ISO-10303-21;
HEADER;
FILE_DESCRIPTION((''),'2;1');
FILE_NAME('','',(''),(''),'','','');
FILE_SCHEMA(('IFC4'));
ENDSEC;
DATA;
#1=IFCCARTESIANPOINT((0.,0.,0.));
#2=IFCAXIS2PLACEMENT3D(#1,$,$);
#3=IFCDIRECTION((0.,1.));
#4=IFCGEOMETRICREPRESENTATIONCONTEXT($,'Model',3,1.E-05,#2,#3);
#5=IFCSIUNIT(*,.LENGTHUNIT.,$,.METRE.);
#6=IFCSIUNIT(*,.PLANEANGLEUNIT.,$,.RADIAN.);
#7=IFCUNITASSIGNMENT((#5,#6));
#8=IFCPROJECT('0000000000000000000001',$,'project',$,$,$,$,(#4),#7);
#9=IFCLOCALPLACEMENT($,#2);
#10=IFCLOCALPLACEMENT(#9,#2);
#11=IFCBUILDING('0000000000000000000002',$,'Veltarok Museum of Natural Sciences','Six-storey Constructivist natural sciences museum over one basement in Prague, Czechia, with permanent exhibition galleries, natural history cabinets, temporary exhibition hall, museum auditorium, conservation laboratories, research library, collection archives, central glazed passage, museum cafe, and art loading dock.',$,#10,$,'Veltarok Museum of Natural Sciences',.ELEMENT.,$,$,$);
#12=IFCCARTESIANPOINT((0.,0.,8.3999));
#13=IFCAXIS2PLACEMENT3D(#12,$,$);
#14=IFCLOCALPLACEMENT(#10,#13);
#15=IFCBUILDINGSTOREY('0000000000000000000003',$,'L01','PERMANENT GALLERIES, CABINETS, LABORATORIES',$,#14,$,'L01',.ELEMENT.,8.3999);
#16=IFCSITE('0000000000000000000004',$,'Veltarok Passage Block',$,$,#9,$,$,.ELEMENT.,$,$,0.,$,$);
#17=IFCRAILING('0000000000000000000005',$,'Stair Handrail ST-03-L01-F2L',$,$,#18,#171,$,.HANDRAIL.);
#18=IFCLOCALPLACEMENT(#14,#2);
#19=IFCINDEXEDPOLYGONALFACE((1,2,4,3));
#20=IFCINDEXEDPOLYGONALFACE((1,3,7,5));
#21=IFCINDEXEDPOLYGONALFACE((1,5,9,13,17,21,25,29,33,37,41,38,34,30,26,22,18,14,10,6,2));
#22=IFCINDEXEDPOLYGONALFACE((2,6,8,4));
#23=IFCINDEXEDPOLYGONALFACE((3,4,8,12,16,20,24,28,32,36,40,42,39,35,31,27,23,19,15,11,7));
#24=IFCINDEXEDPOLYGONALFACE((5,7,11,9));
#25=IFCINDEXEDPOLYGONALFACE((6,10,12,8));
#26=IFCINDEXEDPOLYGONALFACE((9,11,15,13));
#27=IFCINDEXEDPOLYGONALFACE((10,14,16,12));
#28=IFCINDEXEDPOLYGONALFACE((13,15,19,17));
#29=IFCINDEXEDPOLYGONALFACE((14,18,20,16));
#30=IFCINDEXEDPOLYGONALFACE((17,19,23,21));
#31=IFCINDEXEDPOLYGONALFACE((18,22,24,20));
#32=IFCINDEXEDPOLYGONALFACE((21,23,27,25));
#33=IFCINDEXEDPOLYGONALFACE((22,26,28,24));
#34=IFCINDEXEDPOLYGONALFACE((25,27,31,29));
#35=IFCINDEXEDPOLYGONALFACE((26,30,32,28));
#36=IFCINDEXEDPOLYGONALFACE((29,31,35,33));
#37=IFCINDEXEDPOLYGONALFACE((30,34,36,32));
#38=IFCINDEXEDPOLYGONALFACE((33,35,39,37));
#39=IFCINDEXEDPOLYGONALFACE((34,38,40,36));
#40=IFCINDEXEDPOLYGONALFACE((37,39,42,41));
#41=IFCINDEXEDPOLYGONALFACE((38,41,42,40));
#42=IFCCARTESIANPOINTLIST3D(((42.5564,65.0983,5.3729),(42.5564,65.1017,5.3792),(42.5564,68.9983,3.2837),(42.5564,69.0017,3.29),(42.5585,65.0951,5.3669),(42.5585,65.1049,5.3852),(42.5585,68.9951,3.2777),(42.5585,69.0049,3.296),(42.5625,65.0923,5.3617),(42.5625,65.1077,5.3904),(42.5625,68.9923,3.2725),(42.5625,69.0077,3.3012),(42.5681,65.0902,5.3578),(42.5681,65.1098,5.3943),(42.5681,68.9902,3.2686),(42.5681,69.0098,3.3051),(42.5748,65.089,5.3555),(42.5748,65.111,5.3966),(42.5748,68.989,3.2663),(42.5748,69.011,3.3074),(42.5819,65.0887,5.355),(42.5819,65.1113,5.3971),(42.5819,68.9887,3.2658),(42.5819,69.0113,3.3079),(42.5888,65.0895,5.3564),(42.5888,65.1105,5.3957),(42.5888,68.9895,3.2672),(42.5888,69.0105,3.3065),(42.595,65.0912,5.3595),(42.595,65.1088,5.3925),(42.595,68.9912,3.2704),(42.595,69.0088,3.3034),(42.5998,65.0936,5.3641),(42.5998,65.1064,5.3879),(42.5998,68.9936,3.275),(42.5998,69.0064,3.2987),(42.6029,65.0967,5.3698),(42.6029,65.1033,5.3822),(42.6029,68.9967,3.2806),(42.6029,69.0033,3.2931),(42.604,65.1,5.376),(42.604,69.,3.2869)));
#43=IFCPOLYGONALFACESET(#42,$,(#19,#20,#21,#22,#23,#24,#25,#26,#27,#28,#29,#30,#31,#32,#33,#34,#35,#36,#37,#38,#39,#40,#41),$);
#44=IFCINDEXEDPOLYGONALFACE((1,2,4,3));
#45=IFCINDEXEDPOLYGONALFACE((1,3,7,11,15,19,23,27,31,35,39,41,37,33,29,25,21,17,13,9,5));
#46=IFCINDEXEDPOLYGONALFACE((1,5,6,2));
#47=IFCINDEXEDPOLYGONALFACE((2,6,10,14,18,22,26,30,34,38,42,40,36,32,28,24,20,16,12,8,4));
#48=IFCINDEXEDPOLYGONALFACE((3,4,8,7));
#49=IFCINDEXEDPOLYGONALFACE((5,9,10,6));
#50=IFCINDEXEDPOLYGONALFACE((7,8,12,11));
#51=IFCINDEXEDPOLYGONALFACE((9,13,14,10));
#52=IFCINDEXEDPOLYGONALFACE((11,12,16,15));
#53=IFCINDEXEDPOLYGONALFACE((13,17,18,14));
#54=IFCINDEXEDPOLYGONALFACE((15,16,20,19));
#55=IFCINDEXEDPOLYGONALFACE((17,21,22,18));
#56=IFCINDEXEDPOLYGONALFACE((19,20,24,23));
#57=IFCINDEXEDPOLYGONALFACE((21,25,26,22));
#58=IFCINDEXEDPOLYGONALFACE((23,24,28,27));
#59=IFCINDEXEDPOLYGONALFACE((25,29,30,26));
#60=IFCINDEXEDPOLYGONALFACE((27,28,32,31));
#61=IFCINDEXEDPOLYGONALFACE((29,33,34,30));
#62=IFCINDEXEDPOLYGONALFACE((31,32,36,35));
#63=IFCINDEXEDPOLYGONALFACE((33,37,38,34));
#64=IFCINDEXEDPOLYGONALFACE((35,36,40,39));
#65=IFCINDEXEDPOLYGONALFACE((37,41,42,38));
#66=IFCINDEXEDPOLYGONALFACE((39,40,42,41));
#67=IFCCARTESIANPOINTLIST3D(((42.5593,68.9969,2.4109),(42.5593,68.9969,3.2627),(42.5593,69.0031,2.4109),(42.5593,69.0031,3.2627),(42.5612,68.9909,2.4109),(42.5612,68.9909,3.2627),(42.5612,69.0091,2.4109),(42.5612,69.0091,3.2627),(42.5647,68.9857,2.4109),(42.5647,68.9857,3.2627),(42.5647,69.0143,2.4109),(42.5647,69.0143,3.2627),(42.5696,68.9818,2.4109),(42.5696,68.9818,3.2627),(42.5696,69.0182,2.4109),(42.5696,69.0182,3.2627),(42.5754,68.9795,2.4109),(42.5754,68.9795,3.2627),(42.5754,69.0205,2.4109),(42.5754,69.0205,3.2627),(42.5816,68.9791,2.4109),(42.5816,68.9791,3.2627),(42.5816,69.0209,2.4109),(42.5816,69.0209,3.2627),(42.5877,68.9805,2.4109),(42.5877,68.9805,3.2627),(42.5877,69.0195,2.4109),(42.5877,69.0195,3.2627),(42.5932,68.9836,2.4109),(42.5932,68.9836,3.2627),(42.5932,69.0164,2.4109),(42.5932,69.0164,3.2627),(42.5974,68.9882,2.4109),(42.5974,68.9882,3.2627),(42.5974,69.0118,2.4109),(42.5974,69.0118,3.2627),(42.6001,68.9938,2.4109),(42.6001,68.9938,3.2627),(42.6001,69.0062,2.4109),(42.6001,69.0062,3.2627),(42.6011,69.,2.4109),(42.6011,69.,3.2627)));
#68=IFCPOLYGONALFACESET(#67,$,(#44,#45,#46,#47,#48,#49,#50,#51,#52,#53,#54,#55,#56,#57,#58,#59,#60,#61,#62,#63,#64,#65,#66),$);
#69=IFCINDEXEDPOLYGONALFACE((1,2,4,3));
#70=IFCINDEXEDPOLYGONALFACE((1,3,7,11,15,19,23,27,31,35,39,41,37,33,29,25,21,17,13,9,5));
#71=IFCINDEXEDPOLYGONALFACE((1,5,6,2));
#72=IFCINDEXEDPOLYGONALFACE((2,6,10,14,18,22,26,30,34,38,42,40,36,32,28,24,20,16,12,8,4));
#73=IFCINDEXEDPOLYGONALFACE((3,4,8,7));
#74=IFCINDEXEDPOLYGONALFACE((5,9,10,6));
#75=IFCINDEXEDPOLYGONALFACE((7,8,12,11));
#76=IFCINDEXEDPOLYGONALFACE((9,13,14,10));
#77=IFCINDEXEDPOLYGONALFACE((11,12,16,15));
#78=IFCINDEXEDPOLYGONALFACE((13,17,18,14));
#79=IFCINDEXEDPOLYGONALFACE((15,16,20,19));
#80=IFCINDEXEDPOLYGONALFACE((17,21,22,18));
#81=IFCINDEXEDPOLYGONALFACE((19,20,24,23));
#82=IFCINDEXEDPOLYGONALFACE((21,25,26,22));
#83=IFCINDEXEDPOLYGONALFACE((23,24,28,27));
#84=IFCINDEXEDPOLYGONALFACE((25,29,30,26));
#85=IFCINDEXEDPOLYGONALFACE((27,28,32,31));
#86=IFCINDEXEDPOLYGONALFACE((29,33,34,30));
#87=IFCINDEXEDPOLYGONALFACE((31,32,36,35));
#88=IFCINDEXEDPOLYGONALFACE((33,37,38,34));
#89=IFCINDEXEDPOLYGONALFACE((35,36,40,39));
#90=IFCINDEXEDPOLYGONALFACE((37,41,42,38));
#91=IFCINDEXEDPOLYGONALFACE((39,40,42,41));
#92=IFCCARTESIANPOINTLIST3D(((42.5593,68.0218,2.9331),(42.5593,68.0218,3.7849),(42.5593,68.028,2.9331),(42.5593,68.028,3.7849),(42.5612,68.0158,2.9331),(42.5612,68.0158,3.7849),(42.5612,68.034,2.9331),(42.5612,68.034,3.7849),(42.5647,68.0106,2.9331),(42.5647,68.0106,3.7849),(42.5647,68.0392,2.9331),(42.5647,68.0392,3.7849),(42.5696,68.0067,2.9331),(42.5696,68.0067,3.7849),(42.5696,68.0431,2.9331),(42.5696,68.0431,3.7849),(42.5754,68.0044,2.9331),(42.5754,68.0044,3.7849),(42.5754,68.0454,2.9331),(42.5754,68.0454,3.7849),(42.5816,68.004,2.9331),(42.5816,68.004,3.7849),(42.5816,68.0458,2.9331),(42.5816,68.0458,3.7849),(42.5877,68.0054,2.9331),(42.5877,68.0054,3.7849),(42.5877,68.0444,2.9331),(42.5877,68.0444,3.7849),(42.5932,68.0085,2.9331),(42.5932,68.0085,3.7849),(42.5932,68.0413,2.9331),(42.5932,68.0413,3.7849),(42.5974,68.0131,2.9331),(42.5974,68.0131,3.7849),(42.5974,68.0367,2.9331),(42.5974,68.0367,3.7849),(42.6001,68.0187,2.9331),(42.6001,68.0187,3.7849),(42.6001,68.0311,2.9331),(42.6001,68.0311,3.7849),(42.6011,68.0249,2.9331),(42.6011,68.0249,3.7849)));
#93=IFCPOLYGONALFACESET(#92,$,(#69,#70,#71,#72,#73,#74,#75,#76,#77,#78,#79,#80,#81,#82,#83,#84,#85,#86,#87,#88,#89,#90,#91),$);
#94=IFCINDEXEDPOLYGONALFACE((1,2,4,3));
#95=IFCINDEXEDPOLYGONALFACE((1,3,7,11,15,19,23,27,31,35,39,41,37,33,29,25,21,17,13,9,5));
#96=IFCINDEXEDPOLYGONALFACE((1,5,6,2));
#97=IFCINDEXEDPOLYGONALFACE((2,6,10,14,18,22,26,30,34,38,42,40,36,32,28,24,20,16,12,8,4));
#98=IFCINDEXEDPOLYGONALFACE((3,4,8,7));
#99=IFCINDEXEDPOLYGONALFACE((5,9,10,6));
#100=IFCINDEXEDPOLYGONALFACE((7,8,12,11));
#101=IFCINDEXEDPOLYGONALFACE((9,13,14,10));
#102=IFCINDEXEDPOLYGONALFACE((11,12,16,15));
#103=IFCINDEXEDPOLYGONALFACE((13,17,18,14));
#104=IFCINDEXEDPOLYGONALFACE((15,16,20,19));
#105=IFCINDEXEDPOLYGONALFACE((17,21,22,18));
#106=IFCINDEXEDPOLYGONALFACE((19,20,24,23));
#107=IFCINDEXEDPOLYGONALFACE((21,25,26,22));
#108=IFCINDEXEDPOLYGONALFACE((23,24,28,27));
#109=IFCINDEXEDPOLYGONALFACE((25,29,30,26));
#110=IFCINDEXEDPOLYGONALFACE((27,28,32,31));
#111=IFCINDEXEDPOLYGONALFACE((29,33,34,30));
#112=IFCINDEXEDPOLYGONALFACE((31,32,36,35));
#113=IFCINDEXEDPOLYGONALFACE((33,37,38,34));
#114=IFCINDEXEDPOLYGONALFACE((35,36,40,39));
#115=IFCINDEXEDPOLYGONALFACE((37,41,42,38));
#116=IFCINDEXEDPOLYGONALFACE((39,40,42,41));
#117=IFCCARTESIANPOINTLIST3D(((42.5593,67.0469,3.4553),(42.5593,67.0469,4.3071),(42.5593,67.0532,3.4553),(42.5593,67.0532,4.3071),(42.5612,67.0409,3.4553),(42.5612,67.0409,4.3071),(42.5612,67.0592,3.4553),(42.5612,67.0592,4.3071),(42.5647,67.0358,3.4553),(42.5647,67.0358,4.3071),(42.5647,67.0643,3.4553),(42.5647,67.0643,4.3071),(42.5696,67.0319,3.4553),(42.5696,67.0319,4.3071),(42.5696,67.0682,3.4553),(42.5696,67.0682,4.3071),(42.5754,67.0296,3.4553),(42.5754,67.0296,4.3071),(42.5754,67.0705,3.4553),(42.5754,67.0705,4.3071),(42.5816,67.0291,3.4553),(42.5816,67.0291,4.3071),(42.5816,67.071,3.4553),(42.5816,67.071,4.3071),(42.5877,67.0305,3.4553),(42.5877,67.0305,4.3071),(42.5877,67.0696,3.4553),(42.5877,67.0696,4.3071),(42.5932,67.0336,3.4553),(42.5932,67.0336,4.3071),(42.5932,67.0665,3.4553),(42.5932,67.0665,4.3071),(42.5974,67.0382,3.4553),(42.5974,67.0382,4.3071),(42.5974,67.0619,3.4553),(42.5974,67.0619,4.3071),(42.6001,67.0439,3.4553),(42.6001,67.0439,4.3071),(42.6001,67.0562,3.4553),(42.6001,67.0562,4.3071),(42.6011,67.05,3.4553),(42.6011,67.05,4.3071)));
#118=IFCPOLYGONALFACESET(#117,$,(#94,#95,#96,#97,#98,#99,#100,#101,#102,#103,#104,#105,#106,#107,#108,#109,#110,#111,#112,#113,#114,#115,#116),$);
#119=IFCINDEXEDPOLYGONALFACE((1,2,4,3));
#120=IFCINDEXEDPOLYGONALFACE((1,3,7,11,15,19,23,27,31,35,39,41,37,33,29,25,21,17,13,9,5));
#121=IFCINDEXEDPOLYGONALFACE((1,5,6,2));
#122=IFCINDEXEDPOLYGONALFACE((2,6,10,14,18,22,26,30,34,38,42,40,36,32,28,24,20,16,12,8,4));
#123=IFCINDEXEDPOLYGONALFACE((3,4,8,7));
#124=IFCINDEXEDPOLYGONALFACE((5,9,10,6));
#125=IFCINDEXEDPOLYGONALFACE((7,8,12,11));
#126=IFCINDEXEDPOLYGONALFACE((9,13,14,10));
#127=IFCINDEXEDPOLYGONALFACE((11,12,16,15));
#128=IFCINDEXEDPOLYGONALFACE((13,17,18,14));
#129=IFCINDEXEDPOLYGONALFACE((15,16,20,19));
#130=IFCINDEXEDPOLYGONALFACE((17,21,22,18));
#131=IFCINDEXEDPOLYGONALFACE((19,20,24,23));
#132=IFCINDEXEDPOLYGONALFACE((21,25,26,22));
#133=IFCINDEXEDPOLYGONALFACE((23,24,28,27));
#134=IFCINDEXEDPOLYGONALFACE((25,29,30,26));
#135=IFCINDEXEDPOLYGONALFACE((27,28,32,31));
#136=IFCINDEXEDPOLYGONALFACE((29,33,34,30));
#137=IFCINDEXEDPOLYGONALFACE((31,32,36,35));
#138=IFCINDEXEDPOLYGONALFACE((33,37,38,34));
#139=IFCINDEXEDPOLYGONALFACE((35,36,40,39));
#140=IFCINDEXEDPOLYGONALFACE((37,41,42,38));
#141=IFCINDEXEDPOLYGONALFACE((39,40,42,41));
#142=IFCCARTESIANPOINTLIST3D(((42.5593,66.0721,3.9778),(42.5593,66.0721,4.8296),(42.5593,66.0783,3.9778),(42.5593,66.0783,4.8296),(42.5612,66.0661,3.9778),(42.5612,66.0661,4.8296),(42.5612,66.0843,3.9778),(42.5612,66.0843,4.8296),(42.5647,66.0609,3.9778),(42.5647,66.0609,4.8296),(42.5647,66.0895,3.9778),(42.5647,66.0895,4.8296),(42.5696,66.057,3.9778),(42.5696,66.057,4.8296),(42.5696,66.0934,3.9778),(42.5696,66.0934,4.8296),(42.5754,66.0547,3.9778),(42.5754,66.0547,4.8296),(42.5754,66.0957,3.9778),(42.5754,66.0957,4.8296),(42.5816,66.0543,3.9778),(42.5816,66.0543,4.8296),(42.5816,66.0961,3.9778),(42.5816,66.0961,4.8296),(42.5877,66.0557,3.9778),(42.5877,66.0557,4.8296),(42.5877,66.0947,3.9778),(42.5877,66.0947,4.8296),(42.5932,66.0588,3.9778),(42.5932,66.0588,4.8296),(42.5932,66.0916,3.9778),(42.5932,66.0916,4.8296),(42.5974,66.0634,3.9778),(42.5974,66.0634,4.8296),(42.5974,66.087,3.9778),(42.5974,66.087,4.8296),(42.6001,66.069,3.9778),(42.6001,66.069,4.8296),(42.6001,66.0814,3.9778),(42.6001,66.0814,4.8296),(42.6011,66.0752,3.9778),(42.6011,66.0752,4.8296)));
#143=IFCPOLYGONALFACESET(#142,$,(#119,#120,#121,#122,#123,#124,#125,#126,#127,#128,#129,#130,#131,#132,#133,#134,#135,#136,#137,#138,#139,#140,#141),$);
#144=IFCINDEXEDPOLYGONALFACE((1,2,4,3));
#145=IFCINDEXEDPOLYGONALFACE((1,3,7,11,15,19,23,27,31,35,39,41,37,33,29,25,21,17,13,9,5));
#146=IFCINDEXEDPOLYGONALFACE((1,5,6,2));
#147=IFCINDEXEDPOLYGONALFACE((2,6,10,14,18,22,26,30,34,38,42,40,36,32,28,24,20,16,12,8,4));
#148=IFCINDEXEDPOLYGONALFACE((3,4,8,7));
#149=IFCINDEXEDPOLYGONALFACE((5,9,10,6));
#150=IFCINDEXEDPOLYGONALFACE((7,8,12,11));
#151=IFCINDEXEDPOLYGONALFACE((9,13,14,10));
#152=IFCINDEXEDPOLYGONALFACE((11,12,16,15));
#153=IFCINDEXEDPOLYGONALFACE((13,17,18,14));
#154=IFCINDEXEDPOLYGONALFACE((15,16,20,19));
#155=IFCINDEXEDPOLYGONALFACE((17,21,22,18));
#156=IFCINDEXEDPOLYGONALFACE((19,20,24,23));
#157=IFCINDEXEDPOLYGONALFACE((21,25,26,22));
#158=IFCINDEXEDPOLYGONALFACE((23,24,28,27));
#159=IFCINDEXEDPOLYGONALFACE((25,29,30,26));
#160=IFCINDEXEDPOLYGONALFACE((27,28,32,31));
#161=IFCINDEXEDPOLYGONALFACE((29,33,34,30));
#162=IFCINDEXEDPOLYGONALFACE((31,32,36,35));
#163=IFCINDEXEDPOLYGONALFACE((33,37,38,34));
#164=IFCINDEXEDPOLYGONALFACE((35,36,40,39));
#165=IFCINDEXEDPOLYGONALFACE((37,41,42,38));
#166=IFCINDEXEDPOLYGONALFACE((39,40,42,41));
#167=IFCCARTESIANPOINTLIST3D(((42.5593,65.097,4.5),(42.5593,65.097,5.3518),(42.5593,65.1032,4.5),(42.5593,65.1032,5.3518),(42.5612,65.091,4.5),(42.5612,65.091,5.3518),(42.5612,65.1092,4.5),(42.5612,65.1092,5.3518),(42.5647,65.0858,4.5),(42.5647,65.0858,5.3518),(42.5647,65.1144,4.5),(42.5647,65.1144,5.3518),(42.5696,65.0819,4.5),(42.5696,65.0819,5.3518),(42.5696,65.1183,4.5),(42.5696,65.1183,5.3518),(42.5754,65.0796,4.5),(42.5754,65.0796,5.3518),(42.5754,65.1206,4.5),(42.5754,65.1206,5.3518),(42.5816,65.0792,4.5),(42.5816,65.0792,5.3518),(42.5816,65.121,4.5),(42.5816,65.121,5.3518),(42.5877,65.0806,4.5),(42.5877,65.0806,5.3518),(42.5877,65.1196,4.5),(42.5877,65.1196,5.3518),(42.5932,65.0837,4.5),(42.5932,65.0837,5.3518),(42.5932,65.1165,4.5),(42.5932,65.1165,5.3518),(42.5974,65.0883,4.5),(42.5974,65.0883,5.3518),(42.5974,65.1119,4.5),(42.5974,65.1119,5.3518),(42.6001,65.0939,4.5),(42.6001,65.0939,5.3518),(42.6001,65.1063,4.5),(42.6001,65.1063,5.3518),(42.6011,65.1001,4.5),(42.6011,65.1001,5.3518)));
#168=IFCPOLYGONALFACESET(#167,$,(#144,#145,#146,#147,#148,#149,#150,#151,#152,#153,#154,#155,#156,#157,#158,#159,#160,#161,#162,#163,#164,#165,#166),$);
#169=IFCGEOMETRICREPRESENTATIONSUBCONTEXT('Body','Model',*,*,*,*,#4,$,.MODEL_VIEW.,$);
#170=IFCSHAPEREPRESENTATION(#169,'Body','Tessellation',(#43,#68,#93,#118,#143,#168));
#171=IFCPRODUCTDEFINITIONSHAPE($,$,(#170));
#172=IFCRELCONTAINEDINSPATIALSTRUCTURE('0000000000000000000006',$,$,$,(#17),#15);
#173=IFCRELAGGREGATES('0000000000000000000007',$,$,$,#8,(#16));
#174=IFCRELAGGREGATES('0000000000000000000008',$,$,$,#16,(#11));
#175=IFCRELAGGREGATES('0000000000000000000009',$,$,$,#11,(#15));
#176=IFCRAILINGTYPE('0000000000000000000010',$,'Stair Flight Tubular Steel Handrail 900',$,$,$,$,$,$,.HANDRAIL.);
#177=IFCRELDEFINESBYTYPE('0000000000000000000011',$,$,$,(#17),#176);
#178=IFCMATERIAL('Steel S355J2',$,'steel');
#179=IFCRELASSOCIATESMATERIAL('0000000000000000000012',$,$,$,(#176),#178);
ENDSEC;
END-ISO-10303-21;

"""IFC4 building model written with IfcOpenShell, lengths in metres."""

from ifc_helpers import new_model, si_unit, direction, frame, origin, origin_2d, place, context, subcontext, project, spatial, circle, extrude, material, type_object, element, save


model = new_model("IFC4")

# Units and contexts
model_context = context("Model", 3, precision=1e-05, world=origin(), true_north=direction((0.0, 1.0)))
body_context = subcontext(model_context, "Body", "Model", "MODEL_VIEW")
ifc_project = project(units=[si_unit("LENGTHUNIT", "METRE"), si_unit("PLANEANGLEUNIT", "RADIAN")], contexts=[model_context])

# Site, building, storey
site_placement = place(None, origin())
site = spatial("IfcSite", under=ifc_project, at=site_placement, Name="Veltarok Passage Block", CompositionType="ELEMENT", RefElevation=0.0)
building_placement = place(site_placement, origin())
building = spatial("IfcBuilding", under=site, at=building_placement, Name="Veltarok Museum of Natural Sciences", Description="Six-storey Constructivist natural sciences museum over one basement in Prague, Czechia, with permanent exhibition galleries, natural history cabinets, temporary exhibition hall, museum auditorium, conservation laboratories, research library, collection archives, central glazed passage, museum cafe, and art loading dock.", LongName="Veltarok Museum of Natural Sciences", CompositionType="ELEMENT")
storey_placement = place(building_placement, frame((0.0, 0.0, 8.3999)))
storey = spatial("IfcBuildingStorey", under=building, at=storey_placement, Name="L01", Description="PERMANENT GALLERIES, CABINETS, LABORATORIES", LongName="L01", CompositionType="ELEMENT", Elevation=8.3999)

# Shared definitions
ifc_material_1 = material(Name="Steel S355J2", Category="steel")

# Railing
railing_type_1 = type_object("IfcRailingType", Name="Stair Flight Tubular Steel Handrail 900", PredefinedType="HANDRAIL", material=ifc_material_1)
for number, where, name in (
    (1, (42.5801, 69.0, 2.4109), "Stair Handrail ST-03-L01-F2L"),
):
    element("IfcRailing", number, at=place(storey_placement, frame(where)), inside=storey, type_object=railing_type_1, Name=name, PredefinedType="HANDRAIL", context=body_context, shape_type="SweptSolid", body=[
        extrude(circle(Radius=0.0239, at=origin_2d()), frame((0.0, 0.0, 0.876), z_axis=(0.0, -0.881491, 0.4722), x_axis=(1.0, 0.0, 0.0)), (0.0, 0.0, 1.0), 4.4243),
        extrude(circle(Radius=0.021, at=origin_2d()), origin(), (0.0, 0.0, 1.0), 0.8518),
        extrude(circle(Radius=0.021, at=origin_2d()), frame((0.0, -0.9751, 0.5222)), (0.0, 0.0, 1.0), 0.8518),
        extrude(circle(Radius=0.021, at=origin_2d()), frame((0.0, -1.95, 1.0444)), (0.0, 0.0, 1.0), 0.8518),
        extrude(circle(Radius=0.021, at=origin_2d()), frame((0.0, -2.9248, 1.5669)), (0.0, 0.0, 1.0), 0.8518),
        extrude(circle(Radius=0.021, at=origin_2d()), frame((0.0, -3.8999, 2.0891)), (0.0, 0.0, 1.0), 0.8518),
    ])

save(model, "model.ifc")
